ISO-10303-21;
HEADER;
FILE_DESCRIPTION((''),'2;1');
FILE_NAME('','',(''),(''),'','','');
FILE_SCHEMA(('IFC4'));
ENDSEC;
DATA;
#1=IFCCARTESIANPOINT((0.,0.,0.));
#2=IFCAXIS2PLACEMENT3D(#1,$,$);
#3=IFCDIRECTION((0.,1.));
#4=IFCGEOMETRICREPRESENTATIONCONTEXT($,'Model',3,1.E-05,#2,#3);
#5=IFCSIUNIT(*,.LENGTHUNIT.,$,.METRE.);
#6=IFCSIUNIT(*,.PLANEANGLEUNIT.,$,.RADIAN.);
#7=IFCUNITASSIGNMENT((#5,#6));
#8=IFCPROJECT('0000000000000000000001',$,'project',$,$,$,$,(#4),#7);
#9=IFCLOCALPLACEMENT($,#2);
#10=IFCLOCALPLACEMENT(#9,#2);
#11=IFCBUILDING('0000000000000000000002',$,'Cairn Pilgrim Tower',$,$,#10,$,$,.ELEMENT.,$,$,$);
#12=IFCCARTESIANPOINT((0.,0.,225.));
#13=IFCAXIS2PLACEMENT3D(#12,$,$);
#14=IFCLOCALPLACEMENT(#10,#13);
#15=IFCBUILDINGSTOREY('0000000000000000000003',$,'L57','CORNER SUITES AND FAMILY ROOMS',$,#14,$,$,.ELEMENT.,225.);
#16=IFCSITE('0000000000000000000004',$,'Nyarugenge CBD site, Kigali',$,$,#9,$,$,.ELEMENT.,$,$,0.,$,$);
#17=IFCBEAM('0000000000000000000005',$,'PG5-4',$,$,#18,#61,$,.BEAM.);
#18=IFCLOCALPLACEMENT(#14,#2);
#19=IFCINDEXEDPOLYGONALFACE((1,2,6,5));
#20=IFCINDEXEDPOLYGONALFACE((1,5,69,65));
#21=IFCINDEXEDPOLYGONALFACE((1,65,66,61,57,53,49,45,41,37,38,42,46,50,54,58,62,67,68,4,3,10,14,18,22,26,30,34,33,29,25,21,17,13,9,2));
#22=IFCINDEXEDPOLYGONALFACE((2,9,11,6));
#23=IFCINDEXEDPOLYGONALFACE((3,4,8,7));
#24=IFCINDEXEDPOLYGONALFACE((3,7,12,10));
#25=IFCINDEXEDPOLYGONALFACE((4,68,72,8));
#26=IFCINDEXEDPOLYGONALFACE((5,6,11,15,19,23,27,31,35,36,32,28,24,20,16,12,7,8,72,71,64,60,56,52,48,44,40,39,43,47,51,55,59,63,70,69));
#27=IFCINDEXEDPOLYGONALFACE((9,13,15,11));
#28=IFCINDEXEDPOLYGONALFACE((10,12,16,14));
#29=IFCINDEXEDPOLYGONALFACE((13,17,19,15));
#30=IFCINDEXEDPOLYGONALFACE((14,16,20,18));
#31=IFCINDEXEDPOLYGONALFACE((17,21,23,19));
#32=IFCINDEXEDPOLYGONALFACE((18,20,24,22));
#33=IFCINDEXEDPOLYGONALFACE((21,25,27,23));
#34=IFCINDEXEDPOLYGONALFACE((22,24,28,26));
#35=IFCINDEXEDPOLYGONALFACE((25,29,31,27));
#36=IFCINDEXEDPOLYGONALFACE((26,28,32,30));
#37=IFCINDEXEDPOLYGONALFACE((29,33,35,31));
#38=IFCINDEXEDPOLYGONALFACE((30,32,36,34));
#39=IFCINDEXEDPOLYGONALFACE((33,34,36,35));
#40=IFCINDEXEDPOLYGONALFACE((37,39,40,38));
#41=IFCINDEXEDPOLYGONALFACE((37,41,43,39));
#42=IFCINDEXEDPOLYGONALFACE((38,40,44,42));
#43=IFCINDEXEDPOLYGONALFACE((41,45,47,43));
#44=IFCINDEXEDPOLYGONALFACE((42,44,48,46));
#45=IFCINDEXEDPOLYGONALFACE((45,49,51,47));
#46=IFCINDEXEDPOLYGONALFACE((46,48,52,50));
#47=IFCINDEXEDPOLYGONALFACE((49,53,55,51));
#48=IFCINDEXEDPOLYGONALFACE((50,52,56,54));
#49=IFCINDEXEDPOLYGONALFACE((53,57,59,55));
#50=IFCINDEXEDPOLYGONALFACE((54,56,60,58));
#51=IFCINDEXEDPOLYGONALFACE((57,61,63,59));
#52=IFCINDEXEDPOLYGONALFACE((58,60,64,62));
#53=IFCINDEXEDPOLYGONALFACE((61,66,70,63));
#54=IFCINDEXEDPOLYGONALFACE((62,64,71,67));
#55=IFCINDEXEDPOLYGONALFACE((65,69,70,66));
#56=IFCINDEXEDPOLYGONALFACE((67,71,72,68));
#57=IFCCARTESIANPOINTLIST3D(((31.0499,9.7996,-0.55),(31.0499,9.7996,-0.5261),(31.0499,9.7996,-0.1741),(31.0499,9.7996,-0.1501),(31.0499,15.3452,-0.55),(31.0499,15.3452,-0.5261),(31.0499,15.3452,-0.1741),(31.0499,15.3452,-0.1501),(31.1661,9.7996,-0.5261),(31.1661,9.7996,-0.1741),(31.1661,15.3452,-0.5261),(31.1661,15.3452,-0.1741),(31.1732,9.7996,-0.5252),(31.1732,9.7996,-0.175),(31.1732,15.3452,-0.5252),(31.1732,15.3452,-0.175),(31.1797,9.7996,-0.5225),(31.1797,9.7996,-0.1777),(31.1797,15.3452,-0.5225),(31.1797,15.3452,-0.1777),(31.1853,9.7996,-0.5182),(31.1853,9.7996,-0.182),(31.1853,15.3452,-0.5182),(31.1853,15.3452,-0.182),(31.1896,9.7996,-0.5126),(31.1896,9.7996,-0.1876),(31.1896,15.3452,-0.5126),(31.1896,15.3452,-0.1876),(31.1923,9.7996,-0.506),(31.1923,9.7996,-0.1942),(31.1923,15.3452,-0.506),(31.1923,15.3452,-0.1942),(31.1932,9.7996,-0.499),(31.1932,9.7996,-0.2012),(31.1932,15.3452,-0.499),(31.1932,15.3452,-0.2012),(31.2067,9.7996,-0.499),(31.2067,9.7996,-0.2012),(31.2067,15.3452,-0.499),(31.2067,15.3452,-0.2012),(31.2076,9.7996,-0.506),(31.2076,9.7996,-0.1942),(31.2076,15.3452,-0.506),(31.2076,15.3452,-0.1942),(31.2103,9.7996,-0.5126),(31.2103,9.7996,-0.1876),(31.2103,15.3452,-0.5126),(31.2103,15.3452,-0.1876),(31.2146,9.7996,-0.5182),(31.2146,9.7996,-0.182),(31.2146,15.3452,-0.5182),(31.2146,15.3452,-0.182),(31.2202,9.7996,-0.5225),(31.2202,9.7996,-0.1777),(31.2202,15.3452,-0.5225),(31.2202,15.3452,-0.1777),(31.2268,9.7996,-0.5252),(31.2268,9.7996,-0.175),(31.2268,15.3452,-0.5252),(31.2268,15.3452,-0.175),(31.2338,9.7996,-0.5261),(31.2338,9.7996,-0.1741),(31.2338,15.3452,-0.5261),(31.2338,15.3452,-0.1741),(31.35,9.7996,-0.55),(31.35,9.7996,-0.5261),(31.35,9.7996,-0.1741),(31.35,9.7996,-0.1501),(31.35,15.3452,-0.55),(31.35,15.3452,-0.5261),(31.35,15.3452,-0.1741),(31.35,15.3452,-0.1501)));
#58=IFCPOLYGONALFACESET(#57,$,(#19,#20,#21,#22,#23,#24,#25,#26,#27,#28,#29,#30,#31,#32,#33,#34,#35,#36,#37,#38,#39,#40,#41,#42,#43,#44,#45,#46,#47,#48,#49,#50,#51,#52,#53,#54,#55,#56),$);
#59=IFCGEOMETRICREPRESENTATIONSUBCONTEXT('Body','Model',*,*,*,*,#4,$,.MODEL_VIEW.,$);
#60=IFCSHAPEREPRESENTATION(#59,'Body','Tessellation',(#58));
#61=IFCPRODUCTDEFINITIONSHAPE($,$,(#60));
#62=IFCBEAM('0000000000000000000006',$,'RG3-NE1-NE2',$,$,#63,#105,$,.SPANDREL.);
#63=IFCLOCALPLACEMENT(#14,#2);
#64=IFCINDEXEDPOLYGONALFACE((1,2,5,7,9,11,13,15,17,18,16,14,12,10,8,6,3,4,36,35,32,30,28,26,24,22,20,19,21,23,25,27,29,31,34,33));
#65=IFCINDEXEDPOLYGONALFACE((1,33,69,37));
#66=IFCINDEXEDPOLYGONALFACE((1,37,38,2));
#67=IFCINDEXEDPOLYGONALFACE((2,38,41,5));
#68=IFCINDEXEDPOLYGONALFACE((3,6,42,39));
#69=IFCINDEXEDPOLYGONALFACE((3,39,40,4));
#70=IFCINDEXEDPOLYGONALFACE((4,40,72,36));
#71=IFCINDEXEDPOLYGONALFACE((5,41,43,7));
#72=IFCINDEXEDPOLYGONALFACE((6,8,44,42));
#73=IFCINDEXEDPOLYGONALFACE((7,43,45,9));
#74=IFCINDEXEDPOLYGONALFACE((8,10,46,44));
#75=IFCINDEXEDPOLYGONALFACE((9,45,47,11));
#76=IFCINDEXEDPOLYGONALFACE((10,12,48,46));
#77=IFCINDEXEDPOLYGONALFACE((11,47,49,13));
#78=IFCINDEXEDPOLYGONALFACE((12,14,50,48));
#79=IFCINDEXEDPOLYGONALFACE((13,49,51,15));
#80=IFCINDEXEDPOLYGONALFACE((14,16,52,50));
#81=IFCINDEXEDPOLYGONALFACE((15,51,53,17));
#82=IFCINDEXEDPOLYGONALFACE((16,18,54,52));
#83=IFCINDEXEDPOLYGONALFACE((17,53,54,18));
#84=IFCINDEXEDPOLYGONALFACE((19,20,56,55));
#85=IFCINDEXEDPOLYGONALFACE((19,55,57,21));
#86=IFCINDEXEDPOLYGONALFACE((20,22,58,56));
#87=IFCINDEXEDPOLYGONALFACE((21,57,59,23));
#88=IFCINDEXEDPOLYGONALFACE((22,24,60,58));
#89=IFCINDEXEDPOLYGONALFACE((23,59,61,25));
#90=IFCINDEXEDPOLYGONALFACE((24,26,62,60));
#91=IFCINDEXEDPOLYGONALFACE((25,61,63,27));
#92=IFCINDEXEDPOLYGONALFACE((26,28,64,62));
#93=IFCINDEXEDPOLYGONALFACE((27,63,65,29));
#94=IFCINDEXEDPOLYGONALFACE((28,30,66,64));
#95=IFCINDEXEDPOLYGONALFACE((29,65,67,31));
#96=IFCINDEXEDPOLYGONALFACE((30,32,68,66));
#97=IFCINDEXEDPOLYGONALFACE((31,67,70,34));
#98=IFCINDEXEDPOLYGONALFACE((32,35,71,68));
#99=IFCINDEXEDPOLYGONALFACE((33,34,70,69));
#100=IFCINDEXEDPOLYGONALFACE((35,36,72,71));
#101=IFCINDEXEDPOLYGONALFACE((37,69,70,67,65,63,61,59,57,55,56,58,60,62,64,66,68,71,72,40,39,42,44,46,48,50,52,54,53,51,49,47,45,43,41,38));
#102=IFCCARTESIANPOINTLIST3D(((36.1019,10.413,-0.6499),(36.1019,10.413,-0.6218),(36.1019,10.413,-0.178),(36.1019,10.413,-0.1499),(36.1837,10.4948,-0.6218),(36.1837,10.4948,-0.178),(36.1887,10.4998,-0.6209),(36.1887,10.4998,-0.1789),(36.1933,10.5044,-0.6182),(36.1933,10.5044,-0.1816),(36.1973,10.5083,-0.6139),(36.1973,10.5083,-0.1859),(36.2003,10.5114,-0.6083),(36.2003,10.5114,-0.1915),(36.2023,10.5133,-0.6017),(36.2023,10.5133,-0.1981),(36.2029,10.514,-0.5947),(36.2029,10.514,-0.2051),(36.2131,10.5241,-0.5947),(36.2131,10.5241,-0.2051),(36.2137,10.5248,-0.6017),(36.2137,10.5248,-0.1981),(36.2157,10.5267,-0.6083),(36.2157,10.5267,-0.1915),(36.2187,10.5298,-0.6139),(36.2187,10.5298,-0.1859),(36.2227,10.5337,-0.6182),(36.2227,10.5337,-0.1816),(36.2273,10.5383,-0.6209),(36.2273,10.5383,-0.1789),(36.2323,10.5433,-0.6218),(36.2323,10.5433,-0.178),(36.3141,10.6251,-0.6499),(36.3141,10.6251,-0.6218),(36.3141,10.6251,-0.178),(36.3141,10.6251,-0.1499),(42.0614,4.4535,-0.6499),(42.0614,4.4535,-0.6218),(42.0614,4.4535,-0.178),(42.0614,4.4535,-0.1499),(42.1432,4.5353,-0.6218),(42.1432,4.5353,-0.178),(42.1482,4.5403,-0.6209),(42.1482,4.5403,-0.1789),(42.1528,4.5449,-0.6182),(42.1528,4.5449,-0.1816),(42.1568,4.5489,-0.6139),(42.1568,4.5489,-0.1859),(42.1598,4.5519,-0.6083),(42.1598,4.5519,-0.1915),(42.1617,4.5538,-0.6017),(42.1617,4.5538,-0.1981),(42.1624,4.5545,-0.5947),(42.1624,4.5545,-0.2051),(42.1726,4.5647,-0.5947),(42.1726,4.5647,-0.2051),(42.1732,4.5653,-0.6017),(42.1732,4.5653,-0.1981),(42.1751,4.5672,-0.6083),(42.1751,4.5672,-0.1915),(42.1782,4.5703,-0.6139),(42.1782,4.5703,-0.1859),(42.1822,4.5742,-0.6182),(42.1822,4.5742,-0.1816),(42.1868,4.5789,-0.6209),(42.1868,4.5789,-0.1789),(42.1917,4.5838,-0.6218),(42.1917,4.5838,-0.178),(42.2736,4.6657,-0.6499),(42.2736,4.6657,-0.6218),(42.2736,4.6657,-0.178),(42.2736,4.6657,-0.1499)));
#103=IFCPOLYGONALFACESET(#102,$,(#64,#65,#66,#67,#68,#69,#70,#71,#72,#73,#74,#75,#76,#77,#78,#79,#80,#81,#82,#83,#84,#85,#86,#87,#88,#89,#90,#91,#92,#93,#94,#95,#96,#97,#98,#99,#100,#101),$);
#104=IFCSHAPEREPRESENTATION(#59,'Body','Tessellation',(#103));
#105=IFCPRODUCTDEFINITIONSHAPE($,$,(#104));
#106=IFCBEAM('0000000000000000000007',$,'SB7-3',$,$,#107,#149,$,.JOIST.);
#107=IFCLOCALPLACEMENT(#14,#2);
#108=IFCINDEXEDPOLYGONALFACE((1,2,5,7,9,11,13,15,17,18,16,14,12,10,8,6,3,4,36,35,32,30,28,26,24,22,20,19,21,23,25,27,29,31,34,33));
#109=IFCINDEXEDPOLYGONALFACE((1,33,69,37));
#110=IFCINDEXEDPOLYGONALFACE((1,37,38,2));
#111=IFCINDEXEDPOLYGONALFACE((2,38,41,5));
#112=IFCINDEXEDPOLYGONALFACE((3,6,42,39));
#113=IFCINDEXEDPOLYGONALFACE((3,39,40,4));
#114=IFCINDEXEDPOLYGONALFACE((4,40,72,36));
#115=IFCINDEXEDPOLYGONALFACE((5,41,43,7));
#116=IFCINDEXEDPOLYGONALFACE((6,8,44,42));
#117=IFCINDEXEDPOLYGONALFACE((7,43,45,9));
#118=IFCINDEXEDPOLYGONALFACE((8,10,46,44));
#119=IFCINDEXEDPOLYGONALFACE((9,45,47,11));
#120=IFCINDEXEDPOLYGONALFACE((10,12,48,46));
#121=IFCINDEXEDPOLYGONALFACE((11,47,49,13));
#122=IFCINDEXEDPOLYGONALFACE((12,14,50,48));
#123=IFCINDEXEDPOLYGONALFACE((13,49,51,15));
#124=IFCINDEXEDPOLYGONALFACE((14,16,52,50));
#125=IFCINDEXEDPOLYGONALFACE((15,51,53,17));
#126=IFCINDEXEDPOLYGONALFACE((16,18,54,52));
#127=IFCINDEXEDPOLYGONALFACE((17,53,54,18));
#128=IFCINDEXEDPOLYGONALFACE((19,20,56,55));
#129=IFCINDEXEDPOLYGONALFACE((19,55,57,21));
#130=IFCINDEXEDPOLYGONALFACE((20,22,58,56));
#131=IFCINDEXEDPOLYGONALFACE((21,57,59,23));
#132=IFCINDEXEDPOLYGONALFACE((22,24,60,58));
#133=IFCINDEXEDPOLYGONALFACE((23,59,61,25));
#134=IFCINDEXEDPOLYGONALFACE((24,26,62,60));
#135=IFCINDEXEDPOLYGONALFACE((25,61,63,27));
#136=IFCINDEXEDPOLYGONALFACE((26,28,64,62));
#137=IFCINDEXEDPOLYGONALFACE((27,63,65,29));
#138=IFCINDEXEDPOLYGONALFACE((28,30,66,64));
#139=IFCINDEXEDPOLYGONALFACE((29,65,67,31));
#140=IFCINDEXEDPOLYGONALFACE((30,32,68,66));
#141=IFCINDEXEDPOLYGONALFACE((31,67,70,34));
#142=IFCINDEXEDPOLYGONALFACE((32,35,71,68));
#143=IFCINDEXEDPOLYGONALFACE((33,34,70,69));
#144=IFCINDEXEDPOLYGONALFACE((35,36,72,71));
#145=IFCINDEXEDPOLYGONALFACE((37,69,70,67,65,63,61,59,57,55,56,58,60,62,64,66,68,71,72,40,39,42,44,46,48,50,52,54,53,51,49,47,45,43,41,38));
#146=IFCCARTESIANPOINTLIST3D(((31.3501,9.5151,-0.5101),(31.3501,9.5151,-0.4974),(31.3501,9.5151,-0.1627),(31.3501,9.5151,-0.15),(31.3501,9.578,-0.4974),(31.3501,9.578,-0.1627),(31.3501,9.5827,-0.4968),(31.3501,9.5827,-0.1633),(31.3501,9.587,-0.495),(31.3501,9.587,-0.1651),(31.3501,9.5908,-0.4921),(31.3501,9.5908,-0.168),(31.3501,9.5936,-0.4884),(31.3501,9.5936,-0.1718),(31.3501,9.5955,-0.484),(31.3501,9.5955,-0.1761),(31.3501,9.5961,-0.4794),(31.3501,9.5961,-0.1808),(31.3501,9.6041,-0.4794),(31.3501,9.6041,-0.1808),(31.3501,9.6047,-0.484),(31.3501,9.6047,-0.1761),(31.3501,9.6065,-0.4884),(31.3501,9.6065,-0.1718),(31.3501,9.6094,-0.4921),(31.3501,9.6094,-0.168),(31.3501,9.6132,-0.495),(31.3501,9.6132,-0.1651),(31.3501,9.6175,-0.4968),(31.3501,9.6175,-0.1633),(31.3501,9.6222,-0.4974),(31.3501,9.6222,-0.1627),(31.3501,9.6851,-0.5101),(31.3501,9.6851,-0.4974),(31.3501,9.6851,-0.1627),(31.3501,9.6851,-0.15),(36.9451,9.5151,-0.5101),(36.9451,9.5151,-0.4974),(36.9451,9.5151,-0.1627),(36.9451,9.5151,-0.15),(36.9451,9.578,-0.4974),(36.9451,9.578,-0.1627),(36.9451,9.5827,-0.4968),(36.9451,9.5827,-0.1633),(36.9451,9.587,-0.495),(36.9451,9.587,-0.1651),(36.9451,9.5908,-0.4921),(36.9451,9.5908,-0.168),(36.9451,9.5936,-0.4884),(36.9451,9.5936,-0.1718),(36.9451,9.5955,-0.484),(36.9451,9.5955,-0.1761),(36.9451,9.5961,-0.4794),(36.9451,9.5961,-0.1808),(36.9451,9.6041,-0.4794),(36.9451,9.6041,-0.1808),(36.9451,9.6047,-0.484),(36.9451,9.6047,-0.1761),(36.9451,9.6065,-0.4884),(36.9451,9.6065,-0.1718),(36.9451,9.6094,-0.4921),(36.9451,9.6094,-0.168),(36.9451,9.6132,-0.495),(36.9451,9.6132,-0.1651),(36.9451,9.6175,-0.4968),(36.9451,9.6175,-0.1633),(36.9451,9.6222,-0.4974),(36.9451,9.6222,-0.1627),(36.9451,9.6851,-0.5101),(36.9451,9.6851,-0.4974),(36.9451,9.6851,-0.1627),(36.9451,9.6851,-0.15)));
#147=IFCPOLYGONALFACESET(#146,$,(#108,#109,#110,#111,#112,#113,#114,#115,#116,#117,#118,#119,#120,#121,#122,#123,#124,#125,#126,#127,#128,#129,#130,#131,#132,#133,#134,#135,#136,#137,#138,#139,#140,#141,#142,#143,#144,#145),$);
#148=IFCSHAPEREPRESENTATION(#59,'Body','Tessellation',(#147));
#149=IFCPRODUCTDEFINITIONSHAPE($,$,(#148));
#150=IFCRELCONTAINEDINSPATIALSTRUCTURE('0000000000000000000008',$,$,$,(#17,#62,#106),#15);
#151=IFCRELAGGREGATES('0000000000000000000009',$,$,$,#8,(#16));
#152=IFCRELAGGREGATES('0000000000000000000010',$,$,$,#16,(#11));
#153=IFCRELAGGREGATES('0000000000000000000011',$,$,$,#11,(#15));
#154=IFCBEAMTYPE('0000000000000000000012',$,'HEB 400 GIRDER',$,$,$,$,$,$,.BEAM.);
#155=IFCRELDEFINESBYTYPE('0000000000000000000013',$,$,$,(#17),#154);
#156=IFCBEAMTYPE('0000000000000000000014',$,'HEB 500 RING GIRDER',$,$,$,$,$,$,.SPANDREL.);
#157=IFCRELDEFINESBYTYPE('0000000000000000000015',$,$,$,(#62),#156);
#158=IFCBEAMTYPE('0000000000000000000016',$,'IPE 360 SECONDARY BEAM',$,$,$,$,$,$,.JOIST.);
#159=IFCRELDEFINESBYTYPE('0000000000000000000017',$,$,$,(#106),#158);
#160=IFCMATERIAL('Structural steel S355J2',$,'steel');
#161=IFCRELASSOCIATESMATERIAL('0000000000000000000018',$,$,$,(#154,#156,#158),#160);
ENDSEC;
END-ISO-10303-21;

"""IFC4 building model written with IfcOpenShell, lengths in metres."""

from ifc_helpers import new_model, si_unit, direction, frame, origin, origin_2d, place, context, subcontext, project, spatial, i_section, extrude, material, material_profile, profile_set, type_object, element, save


model = new_model("IFC4")

# Units and contexts
model_context = context("Model", 3, precision=1e-05, world=origin(), true_north=direction((0.0, 1.0)))
body_context = subcontext(model_context, "Body", "Model", "MODEL_VIEW")
ifc_project = project(units=[si_unit("LENGTHUNIT", "METRE"), si_unit("PLANEANGLEUNIT", "RADIAN")], contexts=[model_context])

# Site, building, storey
site_placement = place(None, origin())
site = spatial("IfcSite", under=ifc_project, at=site_placement, Name="Nyarugenge CBD site, Kigali", CompositionType="ELEMENT", RefElevation=0.0)
building_placement = place(site_placement, origin())
building = spatial("IfcBuilding", under=site, at=building_placement, Name="Cairn Pilgrim Tower", CompositionType="ELEMENT")
storey_placement = place(building_placement, frame((0.0, 0.0, 225.0)))
storey = spatial("IfcBuildingStorey", under=building, at=storey_placement, Name="L57", Description="CORNER SUITES AND FAMILY ROOMS", CompositionType="ELEMENT", Elevation=225.0)

# Shared definitions
ifc_material_1 = material(Name="Structural steel S355J2", Category="steel")

# Beams
ifc_material_profile_1 = material_profile(ifc_material_1, i_section(OverallWidth=0.3, OverallDepth=0.3999, WebThickness=0.0134, FlangeThickness=0.0239, FilletRadius=0.0271, at=origin_2d()), Name="HEB 400")
ifc_profile_set_1 = profile_set([ifc_material_profile_1], Name="Structural steel S355J2")
beam_type_1 = type_object("IfcBeamType", Name="HEB 400 GIRDER", PredefinedType="BEAM", material=ifc_profile_set_1)
beam_1_placement = place(storey_placement, frame((31.2, 9.7996, -0.3501), z_axis=(0.0, 1.0, 0.0), x_axis=(-1.0, 0.0, 0.0)))
element("IfcBeam", 1, at=beam_1_placement, inside=storey, type_object=beam_type_1, Name="PG5-4", PredefinedType="BEAM", context=body_context, shape_type="SweptSolid", body=[
    extrude(i_section(OverallWidth=0.3, OverallDepth=0.3999, WebThickness=0.0134, FlangeThickness=0.0239, FilletRadius=0.0271, at=origin_2d()), origin(), (0.0, 0.0, 1.0), 5.5457),
])
ifc_material_profile_2 = material_profile(ifc_material_1, i_section(OverallWidth=0.3, OverallDepth=0.5, WebThickness=0.0144, FlangeThickness=0.0281, FilletRadius=0.0271, at=origin_2d()), Name="HEB 500")
ifc_profile_set_2 = profile_set([ifc_material_profile_2], Name="Structural steel S355J2")
beam_type_2 = type_object("IfcBeamType", Name="HEB 500 RING GIRDER", PredefinedType="SPANDREL", material=ifc_profile_set_2)
beam_2_placement = place(storey_placement, frame((42.1675, 4.5596, -0.3999), z_axis=(-0.707107, 0.707107, 0.0), x_axis=(-0.707107, -0.707107, 0.0)))
element("IfcBeam", 2, at=beam_2_placement, inside=storey, type_object=beam_type_2, Name="RG3-NE1-NE2", PredefinedType="SPANDREL", context=body_context, shape_type="SweptSolid", body=[
    extrude(i_section(OverallWidth=0.3, OverallDepth=0.5, WebThickness=0.0144, FlangeThickness=0.0281, FilletRadius=0.0271, at=origin_2d()), origin(), (0.0, 0.0, 1.0), 8.428),
])
ifc_material_profile_3 = material_profile(ifc_material_1, i_section(OverallWidth=0.1699, OverallDepth=0.3601, WebThickness=0.0081, FlangeThickness=0.0127, FilletRadius=0.0181, at=origin_2d()), Name="IPE 360")
ifc_profile_set_3 = profile_set([ifc_material_profile_3], Name="Structural steel S355J2")
beam_type_3 = type_object("IfcBeamType", Name="IPE 360 SECONDARY BEAM", PredefinedType="JOIST", material=ifc_profile_set_3)
beam_3_placement = place(storey_placement, frame((31.3501, 9.6001, -0.3301), z_axis=(1.0, 0.0, 0.0), x_axis=(0.0, 1.0, 0.0)))
element("IfcBeam", 3, at=beam_3_placement, inside=storey, type_object=beam_type_3, Name="SB7-3", PredefinedType="JOIST", context=body_context, shape_type="SweptSolid", body=[
    extrude(i_section(OverallWidth=0.1699, OverallDepth=0.3601, WebThickness=0.0081, FlangeThickness=0.0127, FilletRadius=0.0181, at=origin_2d()), origin(), (0.0, 0.0, 1.0), 5.595),
])

save(model, "model.ifc")
